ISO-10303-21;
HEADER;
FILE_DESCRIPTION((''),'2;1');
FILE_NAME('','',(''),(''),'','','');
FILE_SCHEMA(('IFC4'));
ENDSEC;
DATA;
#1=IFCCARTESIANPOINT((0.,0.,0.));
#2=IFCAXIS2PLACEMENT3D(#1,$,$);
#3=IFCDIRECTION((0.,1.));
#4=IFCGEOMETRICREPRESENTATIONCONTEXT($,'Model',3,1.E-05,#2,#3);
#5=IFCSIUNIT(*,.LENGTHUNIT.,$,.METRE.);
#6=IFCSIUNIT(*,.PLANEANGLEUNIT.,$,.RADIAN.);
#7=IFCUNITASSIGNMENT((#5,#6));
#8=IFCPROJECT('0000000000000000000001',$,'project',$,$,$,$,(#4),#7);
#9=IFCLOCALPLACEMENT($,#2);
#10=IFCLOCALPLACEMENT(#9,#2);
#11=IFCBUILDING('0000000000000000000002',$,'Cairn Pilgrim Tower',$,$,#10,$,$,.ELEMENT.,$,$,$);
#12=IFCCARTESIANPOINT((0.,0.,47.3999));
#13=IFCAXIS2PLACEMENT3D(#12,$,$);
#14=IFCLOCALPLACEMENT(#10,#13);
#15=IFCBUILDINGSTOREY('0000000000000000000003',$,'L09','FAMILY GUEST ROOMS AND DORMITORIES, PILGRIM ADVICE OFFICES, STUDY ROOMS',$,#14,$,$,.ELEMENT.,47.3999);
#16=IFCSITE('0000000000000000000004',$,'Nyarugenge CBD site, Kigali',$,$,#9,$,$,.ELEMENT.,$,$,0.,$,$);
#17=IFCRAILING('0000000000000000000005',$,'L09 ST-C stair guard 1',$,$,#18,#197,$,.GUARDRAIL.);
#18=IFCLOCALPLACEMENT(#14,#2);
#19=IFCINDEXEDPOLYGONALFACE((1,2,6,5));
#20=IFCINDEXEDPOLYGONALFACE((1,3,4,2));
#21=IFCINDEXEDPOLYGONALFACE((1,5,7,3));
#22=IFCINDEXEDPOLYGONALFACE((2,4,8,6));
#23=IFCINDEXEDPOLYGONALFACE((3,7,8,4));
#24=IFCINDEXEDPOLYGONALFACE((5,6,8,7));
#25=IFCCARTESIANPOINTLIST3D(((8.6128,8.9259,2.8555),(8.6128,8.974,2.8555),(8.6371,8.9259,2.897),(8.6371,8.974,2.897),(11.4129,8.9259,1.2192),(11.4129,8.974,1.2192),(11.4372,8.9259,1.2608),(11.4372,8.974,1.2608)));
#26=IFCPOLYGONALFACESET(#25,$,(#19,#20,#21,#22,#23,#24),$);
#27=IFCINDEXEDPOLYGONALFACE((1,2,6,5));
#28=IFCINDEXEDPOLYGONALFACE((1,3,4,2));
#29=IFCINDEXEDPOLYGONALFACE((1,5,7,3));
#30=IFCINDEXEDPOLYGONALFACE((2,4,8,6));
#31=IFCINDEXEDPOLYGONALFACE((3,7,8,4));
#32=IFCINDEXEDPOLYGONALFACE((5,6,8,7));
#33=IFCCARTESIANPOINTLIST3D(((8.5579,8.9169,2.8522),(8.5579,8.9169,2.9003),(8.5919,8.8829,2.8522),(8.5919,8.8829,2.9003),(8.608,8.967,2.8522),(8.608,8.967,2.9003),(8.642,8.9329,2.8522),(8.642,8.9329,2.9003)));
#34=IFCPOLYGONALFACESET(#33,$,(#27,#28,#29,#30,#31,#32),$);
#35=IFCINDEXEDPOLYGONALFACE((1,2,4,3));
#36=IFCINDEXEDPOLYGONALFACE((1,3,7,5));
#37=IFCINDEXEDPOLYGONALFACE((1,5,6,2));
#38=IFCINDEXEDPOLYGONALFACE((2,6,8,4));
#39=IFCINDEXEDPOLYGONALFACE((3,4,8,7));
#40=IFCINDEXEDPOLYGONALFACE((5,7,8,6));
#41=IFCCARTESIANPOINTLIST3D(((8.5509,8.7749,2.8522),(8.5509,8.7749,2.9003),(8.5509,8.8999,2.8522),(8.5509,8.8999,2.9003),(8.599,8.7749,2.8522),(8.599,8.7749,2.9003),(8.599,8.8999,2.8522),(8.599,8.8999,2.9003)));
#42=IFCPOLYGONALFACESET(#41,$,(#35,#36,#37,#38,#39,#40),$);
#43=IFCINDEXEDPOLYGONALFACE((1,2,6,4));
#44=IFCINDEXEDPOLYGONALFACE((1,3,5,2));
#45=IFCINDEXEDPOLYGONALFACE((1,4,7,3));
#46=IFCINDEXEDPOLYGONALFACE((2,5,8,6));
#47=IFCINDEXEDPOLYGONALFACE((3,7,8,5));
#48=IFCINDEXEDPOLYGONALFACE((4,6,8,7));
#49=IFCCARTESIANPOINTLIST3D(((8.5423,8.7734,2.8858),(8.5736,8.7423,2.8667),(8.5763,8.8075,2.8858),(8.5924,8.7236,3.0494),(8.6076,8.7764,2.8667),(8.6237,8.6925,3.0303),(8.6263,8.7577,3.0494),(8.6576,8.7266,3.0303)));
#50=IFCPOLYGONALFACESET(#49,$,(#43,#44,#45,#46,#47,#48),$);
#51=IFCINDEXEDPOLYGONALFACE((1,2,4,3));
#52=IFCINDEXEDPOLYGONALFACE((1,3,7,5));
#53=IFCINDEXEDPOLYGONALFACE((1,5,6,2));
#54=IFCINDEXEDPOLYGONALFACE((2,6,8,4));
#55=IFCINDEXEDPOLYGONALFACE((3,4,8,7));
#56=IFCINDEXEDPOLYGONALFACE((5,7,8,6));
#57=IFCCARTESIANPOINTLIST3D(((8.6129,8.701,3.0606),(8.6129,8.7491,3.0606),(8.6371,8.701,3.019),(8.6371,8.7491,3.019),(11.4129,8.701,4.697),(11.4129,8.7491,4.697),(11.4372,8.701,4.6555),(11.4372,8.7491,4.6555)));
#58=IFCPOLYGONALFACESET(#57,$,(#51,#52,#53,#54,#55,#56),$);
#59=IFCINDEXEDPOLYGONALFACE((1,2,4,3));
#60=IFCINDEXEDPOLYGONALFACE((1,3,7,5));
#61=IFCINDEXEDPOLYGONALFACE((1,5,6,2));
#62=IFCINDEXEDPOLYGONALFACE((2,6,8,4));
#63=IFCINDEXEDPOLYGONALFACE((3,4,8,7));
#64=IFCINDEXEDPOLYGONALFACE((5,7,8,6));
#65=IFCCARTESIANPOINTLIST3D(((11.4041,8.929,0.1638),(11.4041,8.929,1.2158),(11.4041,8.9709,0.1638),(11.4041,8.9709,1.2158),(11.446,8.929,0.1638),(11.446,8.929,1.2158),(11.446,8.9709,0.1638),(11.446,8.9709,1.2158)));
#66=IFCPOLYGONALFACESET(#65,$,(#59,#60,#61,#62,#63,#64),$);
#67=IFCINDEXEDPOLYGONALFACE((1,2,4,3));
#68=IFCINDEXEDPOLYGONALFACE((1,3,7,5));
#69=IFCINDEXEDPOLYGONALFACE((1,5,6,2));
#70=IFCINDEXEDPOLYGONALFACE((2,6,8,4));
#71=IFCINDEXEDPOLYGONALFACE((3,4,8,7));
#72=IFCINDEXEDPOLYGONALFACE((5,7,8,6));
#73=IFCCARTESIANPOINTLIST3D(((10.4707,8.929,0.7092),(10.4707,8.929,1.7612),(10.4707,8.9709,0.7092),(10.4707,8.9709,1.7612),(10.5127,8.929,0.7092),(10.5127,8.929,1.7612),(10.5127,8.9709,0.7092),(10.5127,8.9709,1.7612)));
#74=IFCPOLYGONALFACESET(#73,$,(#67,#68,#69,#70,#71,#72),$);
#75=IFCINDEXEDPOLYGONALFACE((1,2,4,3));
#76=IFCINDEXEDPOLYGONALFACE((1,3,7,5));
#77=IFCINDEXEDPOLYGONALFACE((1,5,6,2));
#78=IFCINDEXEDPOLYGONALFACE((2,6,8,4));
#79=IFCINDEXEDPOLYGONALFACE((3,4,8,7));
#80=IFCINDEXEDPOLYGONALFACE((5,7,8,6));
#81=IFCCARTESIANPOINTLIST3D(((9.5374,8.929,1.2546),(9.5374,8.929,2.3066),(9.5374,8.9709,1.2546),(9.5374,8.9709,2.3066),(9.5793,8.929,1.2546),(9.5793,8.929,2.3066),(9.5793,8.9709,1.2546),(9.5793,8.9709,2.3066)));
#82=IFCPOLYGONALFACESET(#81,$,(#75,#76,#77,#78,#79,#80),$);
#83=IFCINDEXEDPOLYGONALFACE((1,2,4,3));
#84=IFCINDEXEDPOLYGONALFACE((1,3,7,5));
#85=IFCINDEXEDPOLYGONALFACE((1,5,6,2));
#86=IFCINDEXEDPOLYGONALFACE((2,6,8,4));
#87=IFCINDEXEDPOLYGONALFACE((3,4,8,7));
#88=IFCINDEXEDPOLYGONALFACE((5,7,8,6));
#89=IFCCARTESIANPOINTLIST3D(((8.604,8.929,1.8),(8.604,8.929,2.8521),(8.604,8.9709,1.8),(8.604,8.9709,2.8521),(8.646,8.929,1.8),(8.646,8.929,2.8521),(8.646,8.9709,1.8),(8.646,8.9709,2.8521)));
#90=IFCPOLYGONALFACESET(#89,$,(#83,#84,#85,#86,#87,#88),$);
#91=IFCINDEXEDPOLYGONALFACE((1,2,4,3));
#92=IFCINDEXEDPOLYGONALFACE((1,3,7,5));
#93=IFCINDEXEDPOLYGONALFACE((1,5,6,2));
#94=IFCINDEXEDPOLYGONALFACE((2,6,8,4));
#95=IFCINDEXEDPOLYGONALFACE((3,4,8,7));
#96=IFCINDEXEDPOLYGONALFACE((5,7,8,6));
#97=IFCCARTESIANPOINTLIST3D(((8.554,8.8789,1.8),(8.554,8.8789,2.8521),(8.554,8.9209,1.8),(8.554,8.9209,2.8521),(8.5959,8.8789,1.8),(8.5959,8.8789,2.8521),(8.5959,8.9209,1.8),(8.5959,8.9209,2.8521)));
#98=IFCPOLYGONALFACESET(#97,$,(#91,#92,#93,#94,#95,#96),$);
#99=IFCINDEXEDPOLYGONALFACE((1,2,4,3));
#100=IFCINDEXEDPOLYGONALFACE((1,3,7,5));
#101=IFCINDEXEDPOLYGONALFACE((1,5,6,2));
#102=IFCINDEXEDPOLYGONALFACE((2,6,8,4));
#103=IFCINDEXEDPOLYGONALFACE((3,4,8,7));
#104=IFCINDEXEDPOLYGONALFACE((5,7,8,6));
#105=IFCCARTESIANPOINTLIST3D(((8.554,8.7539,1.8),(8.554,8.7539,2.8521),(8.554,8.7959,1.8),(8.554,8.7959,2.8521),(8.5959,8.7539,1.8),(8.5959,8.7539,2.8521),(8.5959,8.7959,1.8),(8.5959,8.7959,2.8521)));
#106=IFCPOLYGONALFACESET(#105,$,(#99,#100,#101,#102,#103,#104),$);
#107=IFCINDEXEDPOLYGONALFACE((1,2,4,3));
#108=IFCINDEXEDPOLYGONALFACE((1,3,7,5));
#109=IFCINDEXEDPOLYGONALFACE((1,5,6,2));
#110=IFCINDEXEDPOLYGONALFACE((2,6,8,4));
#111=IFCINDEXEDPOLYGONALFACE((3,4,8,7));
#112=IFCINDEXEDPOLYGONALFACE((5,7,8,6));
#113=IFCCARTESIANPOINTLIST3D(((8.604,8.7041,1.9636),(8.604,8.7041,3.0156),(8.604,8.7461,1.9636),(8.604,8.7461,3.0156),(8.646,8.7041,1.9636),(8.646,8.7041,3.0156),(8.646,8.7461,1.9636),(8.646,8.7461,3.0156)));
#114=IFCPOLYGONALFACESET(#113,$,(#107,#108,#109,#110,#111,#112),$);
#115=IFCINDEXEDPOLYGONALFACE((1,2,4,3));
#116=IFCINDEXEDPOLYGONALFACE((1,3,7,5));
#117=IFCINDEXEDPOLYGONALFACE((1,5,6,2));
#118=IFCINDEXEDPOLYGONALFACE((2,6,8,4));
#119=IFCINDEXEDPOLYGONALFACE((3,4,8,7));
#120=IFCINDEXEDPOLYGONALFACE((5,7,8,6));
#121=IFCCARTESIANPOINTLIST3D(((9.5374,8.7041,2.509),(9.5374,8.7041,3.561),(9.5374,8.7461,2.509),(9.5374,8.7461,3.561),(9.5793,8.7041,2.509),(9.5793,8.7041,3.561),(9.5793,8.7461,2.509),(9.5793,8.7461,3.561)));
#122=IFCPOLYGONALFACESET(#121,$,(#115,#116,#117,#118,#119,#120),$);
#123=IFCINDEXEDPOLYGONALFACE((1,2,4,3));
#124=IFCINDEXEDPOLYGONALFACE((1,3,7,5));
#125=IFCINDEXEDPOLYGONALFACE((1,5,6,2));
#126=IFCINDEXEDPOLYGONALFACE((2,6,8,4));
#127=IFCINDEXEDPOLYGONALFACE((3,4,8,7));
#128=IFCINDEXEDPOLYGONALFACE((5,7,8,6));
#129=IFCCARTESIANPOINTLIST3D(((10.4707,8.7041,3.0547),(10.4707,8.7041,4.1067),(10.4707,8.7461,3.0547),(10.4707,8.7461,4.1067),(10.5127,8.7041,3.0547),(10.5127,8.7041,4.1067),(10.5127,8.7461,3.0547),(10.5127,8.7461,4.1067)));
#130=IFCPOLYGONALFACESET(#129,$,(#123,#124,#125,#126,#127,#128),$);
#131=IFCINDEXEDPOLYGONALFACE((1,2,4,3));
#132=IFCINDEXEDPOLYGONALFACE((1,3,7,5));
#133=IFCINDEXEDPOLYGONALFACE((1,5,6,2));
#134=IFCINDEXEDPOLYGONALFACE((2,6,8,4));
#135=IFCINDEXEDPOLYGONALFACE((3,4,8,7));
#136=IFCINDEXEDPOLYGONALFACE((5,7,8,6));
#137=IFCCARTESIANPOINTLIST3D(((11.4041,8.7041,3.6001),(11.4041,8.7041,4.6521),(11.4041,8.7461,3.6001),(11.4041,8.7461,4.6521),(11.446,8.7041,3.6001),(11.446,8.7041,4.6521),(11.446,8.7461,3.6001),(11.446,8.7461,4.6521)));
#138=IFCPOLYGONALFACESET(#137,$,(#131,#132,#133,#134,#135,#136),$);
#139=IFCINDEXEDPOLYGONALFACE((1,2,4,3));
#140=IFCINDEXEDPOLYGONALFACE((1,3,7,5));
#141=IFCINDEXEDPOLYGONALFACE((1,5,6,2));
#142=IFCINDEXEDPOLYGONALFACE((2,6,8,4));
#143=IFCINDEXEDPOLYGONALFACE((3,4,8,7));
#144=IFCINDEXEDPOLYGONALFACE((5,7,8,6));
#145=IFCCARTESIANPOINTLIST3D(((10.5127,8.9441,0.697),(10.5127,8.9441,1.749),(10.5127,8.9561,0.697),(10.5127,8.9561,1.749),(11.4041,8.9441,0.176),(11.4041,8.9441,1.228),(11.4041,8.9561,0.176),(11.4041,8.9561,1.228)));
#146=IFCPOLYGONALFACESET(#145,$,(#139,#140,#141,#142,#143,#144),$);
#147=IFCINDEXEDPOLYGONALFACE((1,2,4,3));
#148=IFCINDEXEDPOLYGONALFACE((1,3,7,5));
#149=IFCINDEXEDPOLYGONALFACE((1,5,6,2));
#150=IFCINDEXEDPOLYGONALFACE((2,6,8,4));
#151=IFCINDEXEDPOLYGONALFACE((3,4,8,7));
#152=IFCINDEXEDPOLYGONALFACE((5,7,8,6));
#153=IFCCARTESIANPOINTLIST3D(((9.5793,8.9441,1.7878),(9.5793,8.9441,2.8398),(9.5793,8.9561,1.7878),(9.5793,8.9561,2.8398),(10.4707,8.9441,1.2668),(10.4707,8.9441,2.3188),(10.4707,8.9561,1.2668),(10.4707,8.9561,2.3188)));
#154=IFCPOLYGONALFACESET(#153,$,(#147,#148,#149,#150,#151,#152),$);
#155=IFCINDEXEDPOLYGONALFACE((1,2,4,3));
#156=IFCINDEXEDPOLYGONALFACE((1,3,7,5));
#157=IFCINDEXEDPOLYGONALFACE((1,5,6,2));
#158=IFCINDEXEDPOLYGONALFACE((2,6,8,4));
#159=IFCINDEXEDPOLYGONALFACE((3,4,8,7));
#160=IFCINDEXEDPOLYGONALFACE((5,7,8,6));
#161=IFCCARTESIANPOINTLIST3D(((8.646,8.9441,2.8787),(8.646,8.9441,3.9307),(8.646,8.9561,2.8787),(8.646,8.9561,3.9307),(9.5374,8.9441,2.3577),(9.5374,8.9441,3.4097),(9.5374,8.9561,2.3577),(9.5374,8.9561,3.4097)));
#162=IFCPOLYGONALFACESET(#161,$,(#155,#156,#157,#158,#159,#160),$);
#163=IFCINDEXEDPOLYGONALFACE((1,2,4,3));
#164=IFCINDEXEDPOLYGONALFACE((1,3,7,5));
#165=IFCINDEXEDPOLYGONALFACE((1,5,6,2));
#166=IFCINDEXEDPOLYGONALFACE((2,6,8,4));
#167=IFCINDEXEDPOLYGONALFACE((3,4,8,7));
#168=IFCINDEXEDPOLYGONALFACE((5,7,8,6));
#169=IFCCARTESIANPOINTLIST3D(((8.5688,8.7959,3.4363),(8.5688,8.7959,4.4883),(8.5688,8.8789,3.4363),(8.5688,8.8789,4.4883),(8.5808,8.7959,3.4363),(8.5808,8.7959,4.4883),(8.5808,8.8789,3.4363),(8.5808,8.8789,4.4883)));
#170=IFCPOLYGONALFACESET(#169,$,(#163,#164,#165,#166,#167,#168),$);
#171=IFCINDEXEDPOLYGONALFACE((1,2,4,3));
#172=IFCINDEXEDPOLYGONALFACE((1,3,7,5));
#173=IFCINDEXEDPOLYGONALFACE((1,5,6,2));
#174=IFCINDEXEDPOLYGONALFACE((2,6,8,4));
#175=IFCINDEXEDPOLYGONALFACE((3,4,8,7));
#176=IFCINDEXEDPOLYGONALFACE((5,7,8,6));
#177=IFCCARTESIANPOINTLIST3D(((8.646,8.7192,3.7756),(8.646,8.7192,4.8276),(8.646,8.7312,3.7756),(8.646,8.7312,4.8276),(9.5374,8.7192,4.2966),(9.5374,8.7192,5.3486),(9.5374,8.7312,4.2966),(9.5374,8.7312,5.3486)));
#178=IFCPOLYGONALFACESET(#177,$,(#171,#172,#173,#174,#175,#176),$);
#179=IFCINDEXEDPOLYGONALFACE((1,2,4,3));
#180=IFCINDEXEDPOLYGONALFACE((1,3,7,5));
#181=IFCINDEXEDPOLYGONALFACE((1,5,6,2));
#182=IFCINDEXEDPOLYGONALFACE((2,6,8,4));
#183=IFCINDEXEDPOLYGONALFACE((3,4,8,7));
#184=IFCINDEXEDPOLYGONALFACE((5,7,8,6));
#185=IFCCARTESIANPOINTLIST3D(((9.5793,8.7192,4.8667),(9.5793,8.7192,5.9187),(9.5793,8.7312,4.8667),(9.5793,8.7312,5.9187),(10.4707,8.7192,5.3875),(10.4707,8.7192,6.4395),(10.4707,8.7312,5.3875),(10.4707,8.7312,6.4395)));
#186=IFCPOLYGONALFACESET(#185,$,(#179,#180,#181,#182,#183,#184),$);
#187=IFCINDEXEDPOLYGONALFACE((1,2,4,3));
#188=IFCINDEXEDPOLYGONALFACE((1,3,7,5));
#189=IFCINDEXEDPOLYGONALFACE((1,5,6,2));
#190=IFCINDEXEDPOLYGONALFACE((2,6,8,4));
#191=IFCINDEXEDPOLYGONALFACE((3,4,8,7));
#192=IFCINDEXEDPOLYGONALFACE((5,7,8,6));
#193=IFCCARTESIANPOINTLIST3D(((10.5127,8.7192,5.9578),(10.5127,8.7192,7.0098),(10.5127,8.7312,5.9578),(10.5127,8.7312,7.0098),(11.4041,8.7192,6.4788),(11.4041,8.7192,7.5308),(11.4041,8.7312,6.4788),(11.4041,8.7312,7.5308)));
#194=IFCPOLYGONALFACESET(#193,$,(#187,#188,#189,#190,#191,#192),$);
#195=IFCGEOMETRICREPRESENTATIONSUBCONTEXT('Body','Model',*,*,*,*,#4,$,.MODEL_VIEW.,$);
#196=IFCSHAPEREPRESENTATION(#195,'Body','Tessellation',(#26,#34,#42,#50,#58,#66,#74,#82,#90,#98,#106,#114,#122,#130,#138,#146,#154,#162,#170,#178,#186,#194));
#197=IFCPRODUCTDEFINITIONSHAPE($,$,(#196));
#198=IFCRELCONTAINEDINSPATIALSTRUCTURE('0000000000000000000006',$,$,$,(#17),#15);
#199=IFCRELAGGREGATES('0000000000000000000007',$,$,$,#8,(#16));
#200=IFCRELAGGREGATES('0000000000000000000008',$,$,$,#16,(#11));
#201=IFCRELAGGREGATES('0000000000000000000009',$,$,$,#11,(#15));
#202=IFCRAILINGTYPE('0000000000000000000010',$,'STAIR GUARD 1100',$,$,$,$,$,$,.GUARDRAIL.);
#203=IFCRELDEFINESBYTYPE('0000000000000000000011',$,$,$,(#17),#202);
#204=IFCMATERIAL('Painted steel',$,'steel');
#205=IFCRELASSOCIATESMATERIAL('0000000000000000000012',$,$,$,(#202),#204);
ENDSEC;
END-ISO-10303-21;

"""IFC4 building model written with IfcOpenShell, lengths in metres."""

from ifc_helpers import new_model, si_unit, direction, frame, origin, origin_2d, place, context, subcontext, project, spatial, polyline, rectangle, outline, extrude, material, type_object, element, save


model = new_model("IFC4")

# Units and contexts
model_context = context("Model", 3, precision=1e-05, world=origin(), true_north=direction((0.0, 1.0)))
body_context = subcontext(model_context, "Body", "Model", "MODEL_VIEW")
ifc_project = project(units=[si_unit("LENGTHUNIT", "METRE"), si_unit("PLANEANGLEUNIT", "RADIAN")], contexts=[model_context])

# Site, building, storey
site_placement = place(None, origin())
site = spatial("IfcSite", under=ifc_project, at=site_placement, Name="Nyarugenge CBD site, Kigali", CompositionType="ELEMENT", RefElevation=0.0)
building_placement = place(site_placement, origin())
building = spatial("IfcBuilding", under=site, at=building_placement, Name="Cairn Pilgrim Tower", CompositionType="ELEMENT")
storey_placement = place(building_placement, frame((0.0, 0.0, 47.3999)))
storey = spatial("IfcBuildingStorey", under=building, at=storey_placement, Name="L09", Description="FAMILY GUEST ROOMS AND DORMITORIES, PILGRIM ADVICE OFFICES, STUDY ROOMS", CompositionType="ELEMENT", Elevation=47.3999)

# Shared definitions
ifc_material_1 = material(Name="Painted steel", Category="steel")

# Railing
railing_type_1 = type_object("IfcRailingType", Name="STAIR GUARD 1100", PredefinedType="GUARDRAIL", material=ifc_material_1)
railing_1_placement = place(storey_placement, frame((11.425, 8.95, 0.1638)))
element("IfcRailing", 1, at=railing_1_placement, inside=storey, type_object=railing_type_1, Name="L09 ST-C stair guard 1", PredefinedType="GUARDRAIL", context=body_context, shape_type="SweptSolid", body=[
    extrude(rectangle(XDim=0.0481, YDim=0.0481, at=origin_2d()), frame((0.0, 0.0, 1.0762), z_axis=(-0.863394, 0.0, 0.504531), x_axis=(0.0, -1.0, 0.0)), (0.0, 0.0, 1.0), 3.2432),
    extrude(rectangle(XDim=0.0481, YDim=0.0481, at=origin_2d()), frame((-2.8, 0.0, 2.7124), z_axis=(-0.707107, -0.707107, 0.0), x_axis=(0.707107, -0.707107, 0.0)), (0.0, 0.0, 1.0), 0.0708),
    extrude(rectangle(XDim=0.0481, YDim=0.0481, at=origin_2d()), frame((-2.8501, -0.05, 2.7124), z_axis=(0.0, -1.0, 0.0), x_axis=(1.0, 0.0, 0.0)), (0.0, 0.0, 1.0), 0.125),
    extrude(rectangle(XDim=0.0481, YDim=0.0481, at=origin_2d()), frame((-2.8501, -0.175, 2.7124), z_axis=(0.280917, -0.279546, 0.918118), x_axis=(0.705376, 0.708834, 0.0)), (0.0, 0.0, 1.0), 0.1782),
    extrude(rectangle(XDim=0.0481, YDim=0.0481, at=origin_2d()), frame((-2.8, -0.2249, 2.876), z_axis=(0.863361, 0.0, 0.504587), x_axis=(0.0, 1.0, 0.0)), (0.0, 0.0, 1.0), 3.2432),
    extrude(rectangle(XDim=0.042, YDim=0.042, at=origin_2d()), origin(), (0.0, 0.0, 1.0), 1.052),
    extrude(rectangle(XDim=0.042, YDim=0.042, at=origin_2d()), frame((-0.9333, 0.0, 0.5454)), (0.0, 0.0, 1.0), 1.052),
    extrude(rectangle(XDim=0.042, YDim=0.042, at=origin_2d()), frame((-1.8667, 0.0, 1.0908)), (0.0, 0.0, 1.0), 1.052),
    extrude(rectangle(XDim=0.042, YDim=0.042, at=origin_2d()), frame((-2.8, 0.0, 1.6362)), (0.0, 0.0, 1.0), 1.052),
    extrude(rectangle(XDim=0.042, YDim=0.042, at=origin_2d()), frame((-2.8501, -0.05, 1.6362)), (0.0, 0.0, 1.0), 1.052),
    extrude(rectangle(XDim=0.042, YDim=0.042, at=origin_2d()), frame((-2.8501, -0.175, 1.6362)), (0.0, 0.0, 1.0), 1.052),
    extrude(rectangle(XDim=0.042, YDim=0.042, at=origin_2d()), frame((-2.8, -0.2249, 1.7998)), (0.0, 0.0, 1.0), 1.052),
    extrude(rectangle(XDim=0.042, YDim=0.042, at=origin_2d()), frame((-1.8667, -0.2249, 2.3452)), (0.0, 0.0, 1.0), 1.052),
    extrude(rectangle(XDim=0.042, YDim=0.042, at=origin_2d()), frame((-0.9333, -0.2249, 2.8909)), (0.0, 0.0, 1.0), 1.052),
    extrude(rectangle(XDim=0.042, YDim=0.042, at=origin_2d()), frame((0.0, -0.2249, 3.4363)), (0.0, 0.0, 1.0), 1.052),
    extrude(outline(polyline([(0.021, 0.0122), (0.9124, 0.5332), (0.9124, 1.5852), (0.021, 1.0642), (0.021, 0.0122)])), frame((0.0, -0.0059, 0.0), z_axis=(0.0, 1.0, 0.0), x_axis=(-1.0, 0.0, 0.0)), (0.0, 0.0, 1.0), 0.012),
    extrude(outline(polyline([(0.021, 0.5576), (0.9124, 1.0786), (0.9124, 2.1306), (0.021, 1.6096), (0.021, 0.5576)])), frame((-0.9333, -0.0059, 0.5454), z_axis=(0.0, 1.0, 0.0), x_axis=(-1.0, 0.0, 0.0)), (0.0, 0.0, 1.0), 0.012),
    extrude(outline(polyline([(0.021, 1.103), (0.9124, 1.624), (0.9124, 2.676), (0.021, 2.155), (0.021, 1.103)])), frame((-1.8667, -0.0059, 1.0908), z_axis=(0.0, 1.0, 0.0), x_axis=(-1.0, 0.0, 0.0)), (0.0, 0.0, 1.0), 0.012),
    extrude(outline(polyline([(0.021, 1.6362), (0.104, 1.6362), (0.104, 2.6882), (0.021, 2.6882), (0.021, 1.6362)])), frame((-2.8442, -0.05, 1.6362), z_axis=(-1.0, 0.0, 0.0), x_axis=(0.0, -1.0, 0.0)), (0.0, 0.0, 1.0), 0.012),
    extrude(outline(polyline([(0.021, 1.812), (0.9124, 2.333), (0.9124, 3.385), (0.021, 2.864), (0.021, 1.812)])), frame((-2.8, -0.2188, 1.7998), z_axis=(0.0, -1.0, 0.0), x_axis=(1.0, 0.0, 0.0)), (0.0, 0.0, 1.0), 0.012),
    extrude(outline(polyline([(0.021, 2.3577), (0.9124, 2.8784), (0.9124, 3.9304), (0.021, 3.4097), (0.021, 2.3577)])), frame((-1.8667, -0.2188, 2.3452), z_axis=(0.0, -1.0, 0.0), x_axis=(1.0, 0.0, 0.0)), (0.0, 0.0, 1.0), 0.012),
    extrude(outline(polyline([(0.021, 2.9031), (0.9124, 3.4241), (0.9124, 4.4761), (0.021, 3.9551), (0.021, 2.9031)])), frame((-0.9333, -0.2188, 2.8909), z_axis=(0.0, -1.0, 0.0), x_axis=(1.0, 0.0, 0.0)), (0.0, 0.0, 1.0), 0.012),
])

save(model, "model.ifc")
